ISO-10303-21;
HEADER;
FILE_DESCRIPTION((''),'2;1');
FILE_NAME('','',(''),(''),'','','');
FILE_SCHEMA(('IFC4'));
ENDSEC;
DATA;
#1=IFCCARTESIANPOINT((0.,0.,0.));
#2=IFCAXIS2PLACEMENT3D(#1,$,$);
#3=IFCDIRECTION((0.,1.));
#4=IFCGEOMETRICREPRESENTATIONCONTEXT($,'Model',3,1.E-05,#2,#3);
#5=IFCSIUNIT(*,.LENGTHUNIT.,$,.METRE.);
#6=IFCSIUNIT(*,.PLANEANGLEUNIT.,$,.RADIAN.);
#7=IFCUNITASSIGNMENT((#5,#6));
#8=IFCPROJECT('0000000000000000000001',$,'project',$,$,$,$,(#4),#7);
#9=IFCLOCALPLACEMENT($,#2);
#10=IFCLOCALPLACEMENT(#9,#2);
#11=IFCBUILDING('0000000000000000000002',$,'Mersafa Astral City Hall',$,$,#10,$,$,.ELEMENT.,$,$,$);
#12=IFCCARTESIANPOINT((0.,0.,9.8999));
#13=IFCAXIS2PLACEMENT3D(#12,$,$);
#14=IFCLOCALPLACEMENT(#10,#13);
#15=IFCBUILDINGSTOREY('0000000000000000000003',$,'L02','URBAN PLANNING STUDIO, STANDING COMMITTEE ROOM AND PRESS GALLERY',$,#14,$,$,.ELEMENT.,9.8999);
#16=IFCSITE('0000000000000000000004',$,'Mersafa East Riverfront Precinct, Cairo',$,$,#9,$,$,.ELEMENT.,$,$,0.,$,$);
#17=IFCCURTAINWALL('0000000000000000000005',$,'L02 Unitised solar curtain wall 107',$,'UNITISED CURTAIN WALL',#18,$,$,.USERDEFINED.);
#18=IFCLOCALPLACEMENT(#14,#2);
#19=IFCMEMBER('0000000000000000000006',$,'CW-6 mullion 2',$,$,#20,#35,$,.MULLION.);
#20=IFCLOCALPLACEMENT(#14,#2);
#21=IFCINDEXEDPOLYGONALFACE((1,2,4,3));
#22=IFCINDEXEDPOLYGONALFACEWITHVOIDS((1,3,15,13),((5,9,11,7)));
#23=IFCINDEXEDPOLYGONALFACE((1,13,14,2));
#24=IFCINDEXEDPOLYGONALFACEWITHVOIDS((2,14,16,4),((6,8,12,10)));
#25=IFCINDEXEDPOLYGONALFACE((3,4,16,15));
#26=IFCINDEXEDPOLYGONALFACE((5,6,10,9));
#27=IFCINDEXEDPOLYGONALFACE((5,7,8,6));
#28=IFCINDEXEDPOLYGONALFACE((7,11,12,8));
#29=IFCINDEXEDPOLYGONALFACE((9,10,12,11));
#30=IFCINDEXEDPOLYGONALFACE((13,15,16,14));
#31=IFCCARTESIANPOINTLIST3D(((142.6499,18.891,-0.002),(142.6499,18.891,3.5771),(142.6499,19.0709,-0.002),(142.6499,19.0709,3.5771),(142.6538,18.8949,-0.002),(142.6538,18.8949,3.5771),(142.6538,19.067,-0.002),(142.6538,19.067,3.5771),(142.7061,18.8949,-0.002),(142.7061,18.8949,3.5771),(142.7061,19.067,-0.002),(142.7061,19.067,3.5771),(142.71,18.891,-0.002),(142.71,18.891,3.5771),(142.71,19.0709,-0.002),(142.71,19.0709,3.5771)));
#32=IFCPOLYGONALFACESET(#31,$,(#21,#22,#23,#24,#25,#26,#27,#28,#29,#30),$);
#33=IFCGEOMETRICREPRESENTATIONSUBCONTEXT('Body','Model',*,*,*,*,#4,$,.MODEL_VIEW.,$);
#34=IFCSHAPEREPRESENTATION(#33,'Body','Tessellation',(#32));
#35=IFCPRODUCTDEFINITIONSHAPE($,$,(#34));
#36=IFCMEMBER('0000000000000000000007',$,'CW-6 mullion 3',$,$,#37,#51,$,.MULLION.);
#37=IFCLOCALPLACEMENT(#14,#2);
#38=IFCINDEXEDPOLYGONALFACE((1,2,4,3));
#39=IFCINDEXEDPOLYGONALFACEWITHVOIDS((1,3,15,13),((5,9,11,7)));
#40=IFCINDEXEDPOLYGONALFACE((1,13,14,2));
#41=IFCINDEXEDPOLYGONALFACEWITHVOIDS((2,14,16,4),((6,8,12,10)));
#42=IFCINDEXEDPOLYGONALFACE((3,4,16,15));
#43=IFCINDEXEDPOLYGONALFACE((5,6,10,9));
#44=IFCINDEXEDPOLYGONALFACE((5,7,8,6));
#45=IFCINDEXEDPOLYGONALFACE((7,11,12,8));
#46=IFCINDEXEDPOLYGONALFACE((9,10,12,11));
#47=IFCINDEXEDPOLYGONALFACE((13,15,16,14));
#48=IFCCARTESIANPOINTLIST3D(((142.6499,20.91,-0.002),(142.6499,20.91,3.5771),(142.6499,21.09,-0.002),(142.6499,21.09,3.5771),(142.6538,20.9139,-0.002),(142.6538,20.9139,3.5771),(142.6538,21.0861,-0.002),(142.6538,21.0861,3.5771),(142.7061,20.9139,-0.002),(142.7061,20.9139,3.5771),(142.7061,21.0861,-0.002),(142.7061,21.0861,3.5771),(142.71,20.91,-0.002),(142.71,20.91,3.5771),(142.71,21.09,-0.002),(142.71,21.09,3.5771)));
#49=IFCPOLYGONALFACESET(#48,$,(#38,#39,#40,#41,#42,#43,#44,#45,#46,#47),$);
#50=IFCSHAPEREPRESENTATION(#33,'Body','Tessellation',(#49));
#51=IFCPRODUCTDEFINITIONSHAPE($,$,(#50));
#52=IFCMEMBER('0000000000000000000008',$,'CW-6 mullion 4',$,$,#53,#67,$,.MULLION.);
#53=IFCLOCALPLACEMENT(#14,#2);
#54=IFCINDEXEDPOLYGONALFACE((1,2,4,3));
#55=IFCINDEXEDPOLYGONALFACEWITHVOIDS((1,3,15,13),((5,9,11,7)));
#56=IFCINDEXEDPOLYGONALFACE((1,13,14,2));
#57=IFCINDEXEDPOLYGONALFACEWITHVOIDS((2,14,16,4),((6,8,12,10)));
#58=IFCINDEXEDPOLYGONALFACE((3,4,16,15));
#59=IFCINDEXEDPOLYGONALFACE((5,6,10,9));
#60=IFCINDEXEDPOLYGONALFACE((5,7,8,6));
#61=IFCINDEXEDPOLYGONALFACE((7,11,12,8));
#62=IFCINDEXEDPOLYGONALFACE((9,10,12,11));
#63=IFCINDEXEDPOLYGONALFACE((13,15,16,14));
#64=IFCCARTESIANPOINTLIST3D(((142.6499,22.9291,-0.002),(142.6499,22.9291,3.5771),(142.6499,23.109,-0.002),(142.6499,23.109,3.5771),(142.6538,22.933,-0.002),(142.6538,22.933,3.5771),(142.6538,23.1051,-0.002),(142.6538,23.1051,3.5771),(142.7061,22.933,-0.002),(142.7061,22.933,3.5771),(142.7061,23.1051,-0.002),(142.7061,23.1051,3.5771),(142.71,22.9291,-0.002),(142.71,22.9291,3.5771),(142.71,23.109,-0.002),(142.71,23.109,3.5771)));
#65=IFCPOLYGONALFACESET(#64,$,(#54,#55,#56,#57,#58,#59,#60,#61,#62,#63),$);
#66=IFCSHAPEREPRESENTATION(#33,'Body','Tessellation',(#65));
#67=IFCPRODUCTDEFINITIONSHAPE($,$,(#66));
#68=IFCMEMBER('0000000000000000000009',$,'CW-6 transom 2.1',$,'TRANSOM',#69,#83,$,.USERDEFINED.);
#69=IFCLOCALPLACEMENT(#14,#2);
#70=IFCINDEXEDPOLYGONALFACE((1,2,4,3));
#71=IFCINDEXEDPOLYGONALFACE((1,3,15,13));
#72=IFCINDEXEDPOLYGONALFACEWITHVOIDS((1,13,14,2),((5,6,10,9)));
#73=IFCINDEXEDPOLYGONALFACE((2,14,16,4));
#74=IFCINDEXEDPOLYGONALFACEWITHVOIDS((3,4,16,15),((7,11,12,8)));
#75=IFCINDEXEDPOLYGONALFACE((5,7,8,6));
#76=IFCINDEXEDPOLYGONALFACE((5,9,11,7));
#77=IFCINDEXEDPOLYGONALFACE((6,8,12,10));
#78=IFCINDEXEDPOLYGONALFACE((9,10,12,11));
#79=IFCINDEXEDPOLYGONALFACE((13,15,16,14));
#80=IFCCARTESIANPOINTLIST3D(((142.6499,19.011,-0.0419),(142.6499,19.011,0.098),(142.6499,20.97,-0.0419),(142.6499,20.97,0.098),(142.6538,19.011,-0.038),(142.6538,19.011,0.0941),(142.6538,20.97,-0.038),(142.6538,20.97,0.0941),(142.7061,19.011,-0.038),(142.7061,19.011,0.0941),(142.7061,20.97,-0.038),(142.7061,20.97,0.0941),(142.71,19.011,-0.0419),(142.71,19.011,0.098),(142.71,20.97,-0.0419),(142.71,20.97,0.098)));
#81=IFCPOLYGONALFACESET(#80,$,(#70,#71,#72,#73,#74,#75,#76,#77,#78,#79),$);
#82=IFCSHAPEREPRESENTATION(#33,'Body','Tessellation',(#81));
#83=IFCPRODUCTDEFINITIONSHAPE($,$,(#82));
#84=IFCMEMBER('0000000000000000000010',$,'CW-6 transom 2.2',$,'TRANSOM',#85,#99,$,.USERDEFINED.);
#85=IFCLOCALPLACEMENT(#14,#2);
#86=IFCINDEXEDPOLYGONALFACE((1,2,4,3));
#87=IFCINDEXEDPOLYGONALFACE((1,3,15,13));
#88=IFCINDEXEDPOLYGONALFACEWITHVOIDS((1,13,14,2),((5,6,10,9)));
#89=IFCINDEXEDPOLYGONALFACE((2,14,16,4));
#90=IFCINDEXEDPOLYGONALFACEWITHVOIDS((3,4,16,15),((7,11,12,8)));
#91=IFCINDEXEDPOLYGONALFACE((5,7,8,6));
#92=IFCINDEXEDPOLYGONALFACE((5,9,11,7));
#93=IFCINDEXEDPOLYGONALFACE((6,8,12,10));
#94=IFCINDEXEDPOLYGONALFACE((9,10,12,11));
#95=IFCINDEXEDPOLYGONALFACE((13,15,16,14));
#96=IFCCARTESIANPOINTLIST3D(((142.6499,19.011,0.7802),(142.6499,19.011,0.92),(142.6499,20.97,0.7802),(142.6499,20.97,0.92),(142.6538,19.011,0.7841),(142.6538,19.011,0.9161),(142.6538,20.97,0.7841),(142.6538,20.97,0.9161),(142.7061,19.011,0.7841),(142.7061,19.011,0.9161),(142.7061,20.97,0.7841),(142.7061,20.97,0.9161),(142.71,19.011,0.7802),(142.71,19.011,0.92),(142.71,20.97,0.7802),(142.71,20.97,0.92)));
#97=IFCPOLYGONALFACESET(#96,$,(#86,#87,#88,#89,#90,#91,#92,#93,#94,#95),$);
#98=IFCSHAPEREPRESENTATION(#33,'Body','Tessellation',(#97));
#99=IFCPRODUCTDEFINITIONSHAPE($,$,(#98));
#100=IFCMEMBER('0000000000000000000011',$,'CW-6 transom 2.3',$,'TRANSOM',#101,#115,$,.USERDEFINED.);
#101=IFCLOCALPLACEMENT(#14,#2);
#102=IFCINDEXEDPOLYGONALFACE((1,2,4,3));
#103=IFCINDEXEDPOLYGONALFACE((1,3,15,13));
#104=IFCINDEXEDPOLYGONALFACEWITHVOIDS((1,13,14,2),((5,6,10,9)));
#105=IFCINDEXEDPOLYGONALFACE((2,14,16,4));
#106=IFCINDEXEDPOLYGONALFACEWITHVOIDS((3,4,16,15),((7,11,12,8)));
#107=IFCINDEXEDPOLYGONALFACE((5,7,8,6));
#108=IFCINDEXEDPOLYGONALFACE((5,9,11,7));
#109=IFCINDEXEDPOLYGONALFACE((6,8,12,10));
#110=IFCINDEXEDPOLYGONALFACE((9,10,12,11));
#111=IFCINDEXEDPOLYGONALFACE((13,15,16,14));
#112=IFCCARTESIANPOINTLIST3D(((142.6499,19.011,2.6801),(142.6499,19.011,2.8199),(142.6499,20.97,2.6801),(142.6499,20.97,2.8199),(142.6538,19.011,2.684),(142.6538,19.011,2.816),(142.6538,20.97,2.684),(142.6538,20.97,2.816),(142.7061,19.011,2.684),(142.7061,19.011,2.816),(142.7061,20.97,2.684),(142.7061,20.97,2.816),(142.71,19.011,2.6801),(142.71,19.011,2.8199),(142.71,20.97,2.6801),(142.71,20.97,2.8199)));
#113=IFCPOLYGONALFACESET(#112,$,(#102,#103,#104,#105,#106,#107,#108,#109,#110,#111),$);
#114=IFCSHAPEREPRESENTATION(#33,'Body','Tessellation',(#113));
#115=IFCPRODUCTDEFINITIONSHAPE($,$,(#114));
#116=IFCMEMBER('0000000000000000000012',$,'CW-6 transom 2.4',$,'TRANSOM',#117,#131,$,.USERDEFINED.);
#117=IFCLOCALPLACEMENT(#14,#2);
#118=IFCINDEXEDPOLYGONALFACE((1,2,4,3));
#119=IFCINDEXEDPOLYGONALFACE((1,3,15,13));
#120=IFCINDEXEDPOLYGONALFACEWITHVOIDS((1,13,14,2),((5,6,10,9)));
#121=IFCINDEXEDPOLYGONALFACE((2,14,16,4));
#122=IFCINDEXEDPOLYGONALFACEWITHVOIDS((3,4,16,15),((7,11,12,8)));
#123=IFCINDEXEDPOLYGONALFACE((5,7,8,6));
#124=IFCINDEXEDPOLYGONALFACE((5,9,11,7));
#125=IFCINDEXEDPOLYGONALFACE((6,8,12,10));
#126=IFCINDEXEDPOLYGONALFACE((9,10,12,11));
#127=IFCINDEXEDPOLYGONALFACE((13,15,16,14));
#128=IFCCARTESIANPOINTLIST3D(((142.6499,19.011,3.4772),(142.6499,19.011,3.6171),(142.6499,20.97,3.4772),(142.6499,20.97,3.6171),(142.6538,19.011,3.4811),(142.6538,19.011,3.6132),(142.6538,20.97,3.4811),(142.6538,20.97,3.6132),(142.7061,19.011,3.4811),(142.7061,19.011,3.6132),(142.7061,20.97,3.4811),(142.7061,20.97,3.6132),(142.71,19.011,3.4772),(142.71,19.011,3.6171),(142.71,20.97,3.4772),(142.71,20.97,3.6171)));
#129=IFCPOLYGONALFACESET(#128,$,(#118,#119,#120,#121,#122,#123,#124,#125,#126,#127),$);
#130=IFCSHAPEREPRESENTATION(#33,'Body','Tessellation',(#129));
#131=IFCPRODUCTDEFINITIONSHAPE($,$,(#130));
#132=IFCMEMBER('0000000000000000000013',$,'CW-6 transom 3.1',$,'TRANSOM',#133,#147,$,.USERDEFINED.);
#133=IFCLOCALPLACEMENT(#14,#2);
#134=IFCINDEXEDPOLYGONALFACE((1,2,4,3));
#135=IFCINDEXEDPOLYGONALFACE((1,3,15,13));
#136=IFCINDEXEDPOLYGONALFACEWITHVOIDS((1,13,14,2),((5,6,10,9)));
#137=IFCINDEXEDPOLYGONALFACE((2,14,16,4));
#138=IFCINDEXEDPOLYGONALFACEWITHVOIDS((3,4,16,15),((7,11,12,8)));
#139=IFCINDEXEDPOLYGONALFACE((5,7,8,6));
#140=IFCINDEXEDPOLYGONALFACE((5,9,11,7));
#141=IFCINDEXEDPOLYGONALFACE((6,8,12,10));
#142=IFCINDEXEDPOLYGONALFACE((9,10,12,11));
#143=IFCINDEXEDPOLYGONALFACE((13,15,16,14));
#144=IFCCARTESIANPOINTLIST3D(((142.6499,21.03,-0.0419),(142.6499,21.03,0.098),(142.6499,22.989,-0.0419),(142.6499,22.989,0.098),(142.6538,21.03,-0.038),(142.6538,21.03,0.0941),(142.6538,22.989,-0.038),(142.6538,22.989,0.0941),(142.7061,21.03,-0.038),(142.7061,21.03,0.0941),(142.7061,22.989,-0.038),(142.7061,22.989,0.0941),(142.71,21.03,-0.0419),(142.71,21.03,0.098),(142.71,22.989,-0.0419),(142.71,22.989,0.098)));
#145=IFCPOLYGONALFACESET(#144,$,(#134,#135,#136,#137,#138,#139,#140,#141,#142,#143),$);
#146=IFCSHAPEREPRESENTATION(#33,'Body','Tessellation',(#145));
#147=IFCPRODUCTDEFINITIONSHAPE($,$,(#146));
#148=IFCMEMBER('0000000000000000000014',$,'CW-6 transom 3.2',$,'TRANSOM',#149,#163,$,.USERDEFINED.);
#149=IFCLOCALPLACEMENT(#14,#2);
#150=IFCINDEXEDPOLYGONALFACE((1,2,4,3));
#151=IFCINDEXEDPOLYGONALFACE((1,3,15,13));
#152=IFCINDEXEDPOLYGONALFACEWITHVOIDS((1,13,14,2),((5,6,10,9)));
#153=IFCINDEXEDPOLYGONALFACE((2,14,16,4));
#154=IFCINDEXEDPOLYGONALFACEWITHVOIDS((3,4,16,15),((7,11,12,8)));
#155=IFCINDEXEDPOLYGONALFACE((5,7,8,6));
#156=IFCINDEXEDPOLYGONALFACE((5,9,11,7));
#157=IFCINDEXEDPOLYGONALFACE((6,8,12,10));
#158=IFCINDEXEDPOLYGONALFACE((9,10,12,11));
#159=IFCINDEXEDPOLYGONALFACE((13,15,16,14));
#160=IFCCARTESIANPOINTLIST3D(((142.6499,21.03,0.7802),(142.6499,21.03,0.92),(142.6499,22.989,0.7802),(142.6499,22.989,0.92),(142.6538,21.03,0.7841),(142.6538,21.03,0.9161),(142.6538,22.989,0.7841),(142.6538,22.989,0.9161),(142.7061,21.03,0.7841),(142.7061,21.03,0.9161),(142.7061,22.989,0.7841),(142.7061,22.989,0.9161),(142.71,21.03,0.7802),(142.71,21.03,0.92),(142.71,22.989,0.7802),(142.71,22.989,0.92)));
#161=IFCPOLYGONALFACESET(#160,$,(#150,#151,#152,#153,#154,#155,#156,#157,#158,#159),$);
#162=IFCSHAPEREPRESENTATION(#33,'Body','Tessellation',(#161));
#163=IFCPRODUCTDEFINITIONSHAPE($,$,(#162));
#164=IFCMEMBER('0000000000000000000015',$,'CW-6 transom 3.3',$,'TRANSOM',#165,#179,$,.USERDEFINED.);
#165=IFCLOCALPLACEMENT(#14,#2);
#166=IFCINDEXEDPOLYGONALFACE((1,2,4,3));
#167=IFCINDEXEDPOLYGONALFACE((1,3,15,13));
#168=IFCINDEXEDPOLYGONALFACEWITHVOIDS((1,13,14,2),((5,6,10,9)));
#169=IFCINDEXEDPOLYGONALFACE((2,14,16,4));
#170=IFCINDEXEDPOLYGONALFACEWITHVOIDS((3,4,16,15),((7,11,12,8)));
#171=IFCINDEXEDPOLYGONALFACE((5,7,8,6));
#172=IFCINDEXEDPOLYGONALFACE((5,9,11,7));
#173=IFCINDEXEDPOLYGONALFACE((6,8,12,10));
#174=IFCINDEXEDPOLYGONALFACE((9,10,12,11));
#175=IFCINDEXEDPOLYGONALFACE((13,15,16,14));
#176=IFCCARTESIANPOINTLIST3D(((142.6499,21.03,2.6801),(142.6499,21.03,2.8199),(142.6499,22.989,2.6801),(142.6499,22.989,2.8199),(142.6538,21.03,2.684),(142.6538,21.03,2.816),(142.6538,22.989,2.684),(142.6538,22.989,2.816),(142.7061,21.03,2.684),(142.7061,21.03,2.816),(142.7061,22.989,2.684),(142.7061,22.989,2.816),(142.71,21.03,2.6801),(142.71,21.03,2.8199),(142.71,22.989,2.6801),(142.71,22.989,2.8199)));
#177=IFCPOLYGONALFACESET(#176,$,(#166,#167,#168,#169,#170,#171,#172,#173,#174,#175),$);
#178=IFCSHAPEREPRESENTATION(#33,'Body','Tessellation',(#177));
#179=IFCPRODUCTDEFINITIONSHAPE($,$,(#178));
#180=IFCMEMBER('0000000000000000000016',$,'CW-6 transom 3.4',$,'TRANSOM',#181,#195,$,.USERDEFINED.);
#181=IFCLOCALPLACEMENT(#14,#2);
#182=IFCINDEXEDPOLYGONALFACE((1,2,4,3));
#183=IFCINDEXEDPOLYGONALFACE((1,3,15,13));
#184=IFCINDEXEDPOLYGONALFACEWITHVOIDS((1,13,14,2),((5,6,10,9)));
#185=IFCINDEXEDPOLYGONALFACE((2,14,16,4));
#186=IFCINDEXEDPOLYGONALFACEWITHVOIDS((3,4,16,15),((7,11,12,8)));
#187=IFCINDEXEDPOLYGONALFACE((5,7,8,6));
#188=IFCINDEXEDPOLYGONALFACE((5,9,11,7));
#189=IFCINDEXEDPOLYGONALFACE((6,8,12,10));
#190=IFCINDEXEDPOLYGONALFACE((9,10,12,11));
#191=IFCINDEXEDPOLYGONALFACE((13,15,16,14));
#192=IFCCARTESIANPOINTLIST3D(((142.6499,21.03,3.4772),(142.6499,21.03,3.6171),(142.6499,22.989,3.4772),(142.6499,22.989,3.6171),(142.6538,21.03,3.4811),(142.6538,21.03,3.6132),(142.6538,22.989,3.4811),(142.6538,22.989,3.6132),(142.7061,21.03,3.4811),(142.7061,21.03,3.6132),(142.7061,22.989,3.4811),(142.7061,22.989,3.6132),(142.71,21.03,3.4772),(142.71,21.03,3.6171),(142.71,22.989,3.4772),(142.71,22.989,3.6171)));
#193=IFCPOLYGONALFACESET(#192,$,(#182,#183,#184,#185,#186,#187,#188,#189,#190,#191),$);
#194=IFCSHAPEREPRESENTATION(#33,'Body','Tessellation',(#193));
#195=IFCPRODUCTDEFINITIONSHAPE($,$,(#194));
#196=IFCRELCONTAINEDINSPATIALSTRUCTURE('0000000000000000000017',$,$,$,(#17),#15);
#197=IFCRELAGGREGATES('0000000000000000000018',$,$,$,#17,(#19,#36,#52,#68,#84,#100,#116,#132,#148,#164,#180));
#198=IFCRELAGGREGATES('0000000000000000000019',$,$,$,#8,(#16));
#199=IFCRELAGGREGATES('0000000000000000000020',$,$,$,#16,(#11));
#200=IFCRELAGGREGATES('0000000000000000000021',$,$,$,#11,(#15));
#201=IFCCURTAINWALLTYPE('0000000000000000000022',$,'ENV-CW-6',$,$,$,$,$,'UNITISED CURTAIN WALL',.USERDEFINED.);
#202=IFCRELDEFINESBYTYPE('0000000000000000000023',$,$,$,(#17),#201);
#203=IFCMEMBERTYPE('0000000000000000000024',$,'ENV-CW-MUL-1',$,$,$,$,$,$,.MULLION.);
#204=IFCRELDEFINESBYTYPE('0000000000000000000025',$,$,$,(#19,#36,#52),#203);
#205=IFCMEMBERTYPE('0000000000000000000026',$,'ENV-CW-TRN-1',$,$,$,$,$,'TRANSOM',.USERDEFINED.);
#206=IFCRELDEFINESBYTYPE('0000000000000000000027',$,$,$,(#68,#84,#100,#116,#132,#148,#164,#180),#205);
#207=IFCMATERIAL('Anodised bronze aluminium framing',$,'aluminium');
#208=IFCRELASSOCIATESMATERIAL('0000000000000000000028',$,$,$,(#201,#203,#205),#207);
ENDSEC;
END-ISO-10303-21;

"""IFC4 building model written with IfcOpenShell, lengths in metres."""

from ifc_helpers import new_model, si_unit, direction, frame, origin, origin_2d, place, context, subcontext, project, spatial, hollow_rectangle, extrude, material, material_profile, profile_set, type_object, element, aggregate, save


model = new_model("IFC4")

# Units and contexts
model_context = context("Model", 3, precision=1e-05, world=origin(), true_north=direction((0.0, 1.0)))
body_context = subcontext(model_context, "Body", "Model", "MODEL_VIEW")
ifc_project = project(units=[si_unit("LENGTHUNIT", "METRE"), si_unit("PLANEANGLEUNIT", "RADIAN")], contexts=[model_context])

# Site, building, storey
site_placement = place(None, origin())
site = spatial("IfcSite", under=ifc_project, at=site_placement, Name="Mersafa East Riverfront Precinct, Cairo", CompositionType="ELEMENT", RefElevation=0.0)
building_placement = place(site_placement, origin())
building = spatial("IfcBuilding", under=site, at=building_placement, Name="Mersafa Astral City Hall", CompositionType="ELEMENT")
storey_placement = place(building_placement, frame((0.0, 0.0, 9.8999)))
storey = spatial("IfcBuildingStorey", under=building, at=storey_placement, Name="L02", Description="URBAN PLANNING STUDIO, STANDING COMMITTEE ROOM AND PRESS GALLERY", CompositionType="ELEMENT", Elevation=9.8999)

# Curtain wall, members
ifc_material_1 = material(Name="Anodised bronze aluminium framing", Category="aluminium")
curtain_wall_type = type_object("IfcCurtainWallType", Name="ENV-CW-6", ElementType="UNITISED CURTAIN WALL", PredefinedType="USERDEFINED", material=ifc_material_1)
curtain_wall_placement = place(storey_placement, origin())
curtain_wall = element("IfcCurtainWall", 1, at=curtain_wall_placement, inside=storey, type_object=curtain_wall_type, Name="L02 Unitised solar curtain wall 107", ObjectType="UNITISED CURTAIN WALL", PredefinedType="USERDEFINED")
ifc_material_profile_1 = material_profile(ifc_material_1, hollow_rectangle(XDim=0.0601, YDim=0.1799, WallThickness=0.0039, at=origin_2d()), Name="RHS 60x180x4")
ifc_profile_set_1 = profile_set([ifc_material_profile_1], Name="Anodised bronze aluminium framing")
member_type_1 = type_object("IfcMemberType", Name="ENV-CW-MUL-1", PredefinedType="MULLION", material=ifc_profile_set_1)
member_1_placement = place(storey_placement, frame((142.6799, 18.981, -0.002), z_axis=(0.0, 0.0, 1.0), x_axis=(-1.0, 0.0, 0.0)))
member_1 = element("IfcMember", 2, at=member_1_placement, type_object=member_type_1, Name="CW-6 mullion 2", PredefinedType="MULLION", context=body_context, shape_type="SweptSolid", body=[
    extrude(hollow_rectangle(XDim=0.0601, YDim=0.1799, WallThickness=0.0039, at=origin_2d()), origin(), (0.0, 0.0, 1.0), 3.5791),
])
member_2_placement = place(storey_placement, frame((142.6799, 21.0, -0.002), z_axis=(0.0, 0.0, 1.0), x_axis=(-1.0, 0.0, 0.0)))
member_2 = element("IfcMember", 3, at=member_2_placement, type_object=member_type_1, Name="CW-6 mullion 3", PredefinedType="MULLION", context=body_context, shape_type="SweptSolid", body=[
    extrude(hollow_rectangle(XDim=0.0601, YDim=0.1799, WallThickness=0.0039, at=origin_2d()), origin(), (0.0, 0.0, 1.0), 3.5791),
])
member_3_placement = place(storey_placement, frame((142.6799, 23.019, -0.002), z_axis=(0.0, 0.0, 1.0), x_axis=(-1.0, 0.0, 0.0)))
member_3 = element("IfcMember", 4, at=member_3_placement, type_object=member_type_1, Name="CW-6 mullion 4", PredefinedType="MULLION", context=body_context, shape_type="SweptSolid", body=[
    extrude(hollow_rectangle(XDim=0.0601, YDim=0.1799, WallThickness=0.0039, at=origin_2d()), origin(), (0.0, 0.0, 1.0), 3.5791),
])
ifc_material_profile_2 = material_profile(ifc_material_1, hollow_rectangle(XDim=0.0601, YDim=0.1399, WallThickness=0.0039, at=origin_2d()), Name="RHS 60x140x4")
ifc_profile_set_2 = profile_set([ifc_material_profile_2], Name="Anodised bronze aluminium framing")
member_type_2 = type_object("IfcMemberType", Name="ENV-CW-TRN-1", ElementType="TRANSOM", PredefinedType="USERDEFINED", material=ifc_profile_set_2)
member_4_placement = place(storey_placement, frame((142.6799, 19.011, 0.0281), z_axis=(0.0, 1.0, 0.0), x_axis=(-1.0, 0.0, 0.0)))
member_4 = element("IfcMember", 5, at=member_4_placement, type_object=member_type_2, Name="CW-6 transom 2.1", ObjectType="TRANSOM", PredefinedType="USERDEFINED", context=body_context, shape_type="SweptSolid", body=[
    extrude(hollow_rectangle(XDim=0.0601, YDim=0.1399, WallThickness=0.0039, at=origin_2d()), origin(), (0.0, 0.0, 1.0), 1.959),
])
member_5_placement = place(storey_placement, frame((142.6799, 19.011, 0.8501), z_axis=(0.0, 1.0, 0.0), x_axis=(-1.0, 0.0, 0.0)))
member_5 = element("IfcMember", 6, at=member_5_placement, type_object=member_type_2, Name="CW-6 transom 2.2", ObjectType="TRANSOM", PredefinedType="USERDEFINED", context=body_context, shape_type="SweptSolid", body=[
    extrude(hollow_rectangle(XDim=0.0601, YDim=0.1399, WallThickness=0.0039, at=origin_2d()), origin(), (0.0, 0.0, 1.0), 1.959),
])
member_6_placement = place(storey_placement, frame((142.6799, 19.011, 2.75), z_axis=(0.0, 1.0, 0.0), x_axis=(-1.0, 0.0, 0.0)))
member_6 = element("IfcMember", 7, at=member_6_placement, type_object=member_type_2, Name="CW-6 transom 2.3", ObjectType="TRANSOM", PredefinedType="USERDEFINED", context=body_context, shape_type="SweptSolid", body=[
    extrude(hollow_rectangle(XDim=0.0601, YDim=0.1399, WallThickness=0.0039, at=origin_2d()), origin(), (0.0, 0.0, 1.0), 1.959),
])
member_7_placement = place(storey_placement, frame((142.6799, 19.011, 3.5471), z_axis=(0.0, 1.0, 0.0), x_axis=(-1.0, 0.0, 0.0)))
member_7 = element("IfcMember", 8, at=member_7_placement, type_object=member_type_2, Name="CW-6 transom 2.4", ObjectType="TRANSOM", PredefinedType="USERDEFINED", context=body_context, shape_type="SweptSolid", body=[
    extrude(hollow_rectangle(XDim=0.0601, YDim=0.1399, WallThickness=0.0039, at=origin_2d()), origin(), (0.0, 0.0, 1.0), 1.959),
])
member_8_placement = place(storey_placement, frame((142.6799, 21.03, 0.0281), z_axis=(0.0, 1.0, 0.0), x_axis=(-1.0, 0.0, 0.0)))
member_8 = element("IfcMember", 9, at=member_8_placement, type_object=member_type_2, Name="CW-6 transom 3.1", ObjectType="TRANSOM", PredefinedType="USERDEFINED", context=body_context, shape_type="SweptSolid", body=[
    extrude(hollow_rectangle(XDim=0.0601, YDim=0.1399, WallThickness=0.0039, at=origin_2d()), origin(), (0.0, 0.0, 1.0), 1.959),
])
member_9_placement = place(storey_placement, frame((142.6799, 21.03, 0.8501), z_axis=(0.0, 1.0, 0.0), x_axis=(-1.0, 0.0, 0.0)))
member_9 = element("IfcMember", 10, at=member_9_placement, type_object=member_type_2, Name="CW-6 transom 3.2", ObjectType="TRANSOM", PredefinedType="USERDEFINED", context=body_context, shape_type="SweptSolid", body=[
    extrude(hollow_rectangle(XDim=0.0601, YDim=0.1399, WallThickness=0.0039, at=origin_2d()), origin(), (0.0, 0.0, 1.0), 1.959),
])
member_10_placement = place(storey_placement, frame((142.6799, 21.03, 2.75), z_axis=(0.0, 1.0, 0.0), x_axis=(-1.0, 0.0, 0.0)))
member_10 = element("IfcMember", 11, at=member_10_placement, type_object=member_type_2, Name="CW-6 transom 3.3", ObjectType="TRANSOM", PredefinedType="USERDEFINED", context=body_context, shape_type="SweptSolid", body=[
    extrude(hollow_rectangle(XDim=0.0601, YDim=0.1399, WallThickness=0.0039, at=origin_2d()), origin(), (0.0, 0.0, 1.0), 1.959),
])
member_11_placement = place(storey_placement, frame((142.6799, 21.03, 3.5471), z_axis=(0.0, 1.0, 0.0), x_axis=(-1.0, 0.0, 0.0)))
member_11 = element("IfcMember", 12, at=member_11_placement, type_object=member_type_2, Name="CW-6 transom 3.4", ObjectType="TRANSOM", PredefinedType="USERDEFINED", context=body_context, shape_type="SweptSolid", body=[
    extrude(hollow_rectangle(XDim=0.0601, YDim=0.1399, WallThickness=0.0039, at=origin_2d()), origin(), (0.0, 0.0, 1.0), 1.959),
])
aggregate(curtain_wall, [member_1, member_2, member_3, member_4, member_5, member_6, member_7, member_8, member_9, member_10, member_11])

save(model, "model.ifc")
